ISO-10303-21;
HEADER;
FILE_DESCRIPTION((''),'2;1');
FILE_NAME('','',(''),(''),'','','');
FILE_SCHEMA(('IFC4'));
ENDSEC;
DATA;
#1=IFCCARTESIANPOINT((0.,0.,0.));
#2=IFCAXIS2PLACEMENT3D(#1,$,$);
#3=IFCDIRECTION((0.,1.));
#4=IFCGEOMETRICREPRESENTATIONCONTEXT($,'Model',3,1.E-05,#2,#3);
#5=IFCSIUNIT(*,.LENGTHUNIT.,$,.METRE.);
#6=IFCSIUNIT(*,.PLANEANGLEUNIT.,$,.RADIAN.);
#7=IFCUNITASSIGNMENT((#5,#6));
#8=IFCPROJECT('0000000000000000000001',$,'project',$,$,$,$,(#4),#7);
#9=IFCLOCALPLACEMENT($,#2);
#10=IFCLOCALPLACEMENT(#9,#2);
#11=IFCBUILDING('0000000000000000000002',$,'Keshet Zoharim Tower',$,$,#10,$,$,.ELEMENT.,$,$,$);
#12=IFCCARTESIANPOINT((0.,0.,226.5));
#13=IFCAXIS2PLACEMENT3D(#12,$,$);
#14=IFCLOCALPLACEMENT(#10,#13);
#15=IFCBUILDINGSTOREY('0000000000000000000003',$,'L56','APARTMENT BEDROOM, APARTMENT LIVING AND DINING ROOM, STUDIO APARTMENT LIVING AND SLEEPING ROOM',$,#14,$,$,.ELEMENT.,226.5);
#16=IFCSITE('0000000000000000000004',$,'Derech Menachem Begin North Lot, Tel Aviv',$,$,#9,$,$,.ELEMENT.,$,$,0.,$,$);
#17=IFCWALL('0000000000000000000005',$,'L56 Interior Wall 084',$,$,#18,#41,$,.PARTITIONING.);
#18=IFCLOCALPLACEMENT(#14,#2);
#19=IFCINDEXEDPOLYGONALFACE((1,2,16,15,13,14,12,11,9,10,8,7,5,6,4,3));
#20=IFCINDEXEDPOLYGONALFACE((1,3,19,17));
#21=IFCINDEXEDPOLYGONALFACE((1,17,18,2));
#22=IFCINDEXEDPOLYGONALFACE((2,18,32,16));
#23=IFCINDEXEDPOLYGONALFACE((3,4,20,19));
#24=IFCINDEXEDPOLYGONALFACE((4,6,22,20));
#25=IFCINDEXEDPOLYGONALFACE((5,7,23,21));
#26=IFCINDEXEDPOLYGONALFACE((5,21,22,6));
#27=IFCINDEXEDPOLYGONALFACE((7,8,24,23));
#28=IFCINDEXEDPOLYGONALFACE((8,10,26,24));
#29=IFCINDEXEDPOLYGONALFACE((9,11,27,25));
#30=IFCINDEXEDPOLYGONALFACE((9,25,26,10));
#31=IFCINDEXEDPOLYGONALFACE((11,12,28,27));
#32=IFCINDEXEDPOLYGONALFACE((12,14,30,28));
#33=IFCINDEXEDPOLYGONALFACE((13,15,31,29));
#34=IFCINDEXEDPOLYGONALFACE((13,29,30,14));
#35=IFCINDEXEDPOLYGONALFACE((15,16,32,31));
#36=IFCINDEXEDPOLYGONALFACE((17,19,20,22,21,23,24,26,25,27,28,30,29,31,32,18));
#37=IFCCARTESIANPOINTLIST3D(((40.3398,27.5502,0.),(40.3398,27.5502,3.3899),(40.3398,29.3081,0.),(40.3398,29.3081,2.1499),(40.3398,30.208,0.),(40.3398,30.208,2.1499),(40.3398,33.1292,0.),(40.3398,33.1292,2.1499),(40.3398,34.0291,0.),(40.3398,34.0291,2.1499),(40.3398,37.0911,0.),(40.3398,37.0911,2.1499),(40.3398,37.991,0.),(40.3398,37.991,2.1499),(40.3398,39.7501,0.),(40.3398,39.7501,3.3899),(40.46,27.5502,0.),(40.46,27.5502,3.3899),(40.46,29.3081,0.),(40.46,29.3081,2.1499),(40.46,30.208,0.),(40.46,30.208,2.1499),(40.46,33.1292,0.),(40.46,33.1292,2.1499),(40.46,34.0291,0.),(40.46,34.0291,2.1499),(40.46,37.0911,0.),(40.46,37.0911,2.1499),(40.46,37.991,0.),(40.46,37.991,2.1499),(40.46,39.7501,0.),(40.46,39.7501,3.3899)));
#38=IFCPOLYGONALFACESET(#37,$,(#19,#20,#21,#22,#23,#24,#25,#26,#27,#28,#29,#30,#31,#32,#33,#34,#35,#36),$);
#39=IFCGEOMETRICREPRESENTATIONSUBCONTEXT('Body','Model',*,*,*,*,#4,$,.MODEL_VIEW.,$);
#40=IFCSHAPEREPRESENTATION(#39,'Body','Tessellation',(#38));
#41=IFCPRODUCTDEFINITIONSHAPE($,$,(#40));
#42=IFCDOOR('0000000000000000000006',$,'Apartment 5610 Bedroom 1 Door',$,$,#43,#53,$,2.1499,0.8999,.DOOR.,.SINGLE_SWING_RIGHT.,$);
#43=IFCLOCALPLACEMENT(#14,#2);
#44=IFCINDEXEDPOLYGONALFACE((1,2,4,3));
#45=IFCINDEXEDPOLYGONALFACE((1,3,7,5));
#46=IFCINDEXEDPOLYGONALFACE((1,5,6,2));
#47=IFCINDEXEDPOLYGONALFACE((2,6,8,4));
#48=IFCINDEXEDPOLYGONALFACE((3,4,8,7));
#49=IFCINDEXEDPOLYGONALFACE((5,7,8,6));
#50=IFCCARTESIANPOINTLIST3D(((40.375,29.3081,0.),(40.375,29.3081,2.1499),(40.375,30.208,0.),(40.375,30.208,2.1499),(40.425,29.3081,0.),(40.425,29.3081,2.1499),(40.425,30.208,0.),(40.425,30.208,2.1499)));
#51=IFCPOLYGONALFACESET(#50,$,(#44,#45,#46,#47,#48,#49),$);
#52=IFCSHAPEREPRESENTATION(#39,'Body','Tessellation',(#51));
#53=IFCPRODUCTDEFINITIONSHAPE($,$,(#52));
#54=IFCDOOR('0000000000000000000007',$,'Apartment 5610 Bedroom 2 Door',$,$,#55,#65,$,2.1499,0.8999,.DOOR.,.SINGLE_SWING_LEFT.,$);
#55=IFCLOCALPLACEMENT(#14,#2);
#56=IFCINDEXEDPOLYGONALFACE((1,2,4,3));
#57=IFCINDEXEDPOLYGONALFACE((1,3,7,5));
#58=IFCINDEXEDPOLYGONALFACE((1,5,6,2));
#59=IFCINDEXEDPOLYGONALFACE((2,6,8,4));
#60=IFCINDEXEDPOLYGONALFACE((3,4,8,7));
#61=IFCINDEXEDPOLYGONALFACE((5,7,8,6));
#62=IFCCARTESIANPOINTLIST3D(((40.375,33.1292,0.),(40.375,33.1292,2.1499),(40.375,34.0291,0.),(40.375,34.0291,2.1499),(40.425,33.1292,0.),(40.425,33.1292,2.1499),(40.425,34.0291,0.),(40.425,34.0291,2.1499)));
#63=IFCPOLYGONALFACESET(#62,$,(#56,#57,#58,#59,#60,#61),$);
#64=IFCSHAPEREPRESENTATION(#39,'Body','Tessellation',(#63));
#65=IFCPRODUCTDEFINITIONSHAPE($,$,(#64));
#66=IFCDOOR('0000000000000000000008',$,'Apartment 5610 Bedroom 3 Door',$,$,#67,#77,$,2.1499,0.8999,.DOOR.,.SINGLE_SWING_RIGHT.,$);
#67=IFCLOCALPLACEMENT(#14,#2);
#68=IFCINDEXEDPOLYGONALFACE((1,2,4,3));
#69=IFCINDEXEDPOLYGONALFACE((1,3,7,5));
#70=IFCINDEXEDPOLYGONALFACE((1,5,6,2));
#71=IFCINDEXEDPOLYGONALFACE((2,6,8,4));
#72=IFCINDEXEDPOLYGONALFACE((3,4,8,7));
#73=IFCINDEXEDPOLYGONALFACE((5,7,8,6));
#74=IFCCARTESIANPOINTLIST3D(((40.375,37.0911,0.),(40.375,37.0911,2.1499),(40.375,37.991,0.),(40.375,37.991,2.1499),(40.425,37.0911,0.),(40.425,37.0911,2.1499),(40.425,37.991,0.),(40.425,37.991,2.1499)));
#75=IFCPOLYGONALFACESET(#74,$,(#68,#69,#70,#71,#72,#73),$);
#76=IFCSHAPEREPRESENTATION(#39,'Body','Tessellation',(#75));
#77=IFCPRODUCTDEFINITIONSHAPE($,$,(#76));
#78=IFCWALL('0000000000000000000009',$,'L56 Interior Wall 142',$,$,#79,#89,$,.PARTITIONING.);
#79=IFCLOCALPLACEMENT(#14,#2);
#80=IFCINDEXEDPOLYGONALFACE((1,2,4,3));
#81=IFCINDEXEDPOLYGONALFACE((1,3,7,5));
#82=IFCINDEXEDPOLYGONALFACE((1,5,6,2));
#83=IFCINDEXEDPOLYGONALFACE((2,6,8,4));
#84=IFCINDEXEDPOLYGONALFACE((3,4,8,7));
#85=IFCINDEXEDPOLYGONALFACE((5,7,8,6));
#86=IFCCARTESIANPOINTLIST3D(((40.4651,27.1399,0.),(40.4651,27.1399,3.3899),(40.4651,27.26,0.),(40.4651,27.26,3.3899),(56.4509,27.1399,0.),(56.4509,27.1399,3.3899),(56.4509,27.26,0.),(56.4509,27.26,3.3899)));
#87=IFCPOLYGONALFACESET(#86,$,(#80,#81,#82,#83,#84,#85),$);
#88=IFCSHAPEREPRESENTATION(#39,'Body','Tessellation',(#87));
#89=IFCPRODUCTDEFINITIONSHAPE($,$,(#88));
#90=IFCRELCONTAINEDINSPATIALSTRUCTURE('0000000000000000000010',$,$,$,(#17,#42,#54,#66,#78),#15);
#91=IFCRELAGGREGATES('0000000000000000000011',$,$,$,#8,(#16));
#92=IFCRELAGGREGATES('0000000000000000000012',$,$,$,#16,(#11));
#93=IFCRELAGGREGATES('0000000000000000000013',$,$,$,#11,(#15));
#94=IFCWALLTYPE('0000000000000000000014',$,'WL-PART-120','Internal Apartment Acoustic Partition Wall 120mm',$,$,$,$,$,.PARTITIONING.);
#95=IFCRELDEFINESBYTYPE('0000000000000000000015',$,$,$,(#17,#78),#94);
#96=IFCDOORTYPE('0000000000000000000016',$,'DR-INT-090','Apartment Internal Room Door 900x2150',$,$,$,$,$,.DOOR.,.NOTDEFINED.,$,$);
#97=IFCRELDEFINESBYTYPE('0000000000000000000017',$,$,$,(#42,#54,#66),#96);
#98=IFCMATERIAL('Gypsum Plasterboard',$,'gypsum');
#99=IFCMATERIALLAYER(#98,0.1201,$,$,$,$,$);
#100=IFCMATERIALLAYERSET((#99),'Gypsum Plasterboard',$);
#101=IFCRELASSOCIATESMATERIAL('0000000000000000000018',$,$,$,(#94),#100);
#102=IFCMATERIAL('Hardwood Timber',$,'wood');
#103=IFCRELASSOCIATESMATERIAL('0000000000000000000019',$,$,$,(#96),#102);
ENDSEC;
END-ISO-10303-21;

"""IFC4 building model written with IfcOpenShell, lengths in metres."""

from ifc_helpers import new_model, si_unit, direction, frame, frame_2d, origin, place, context, subcontext, project, spatial, rectangle, extrude, material, layer, layer_set, type_object, element, fill, save


model = new_model("IFC4")

# Units and contexts
model_context = context("Model", 3, precision=1e-05, world=origin(), true_north=direction((0.0, 1.0)))
body_context = subcontext(model_context, "Body", "Model", "MODEL_VIEW")
ifc_project = project(units=[si_unit("LENGTHUNIT", "METRE"), si_unit("PLANEANGLEUNIT", "RADIAN")], contexts=[model_context])

# Site, building, storey
site_placement = place(None, origin())
site = spatial("IfcSite", under=ifc_project, at=site_placement, Name="Derech Menachem Begin North Lot, Tel Aviv", CompositionType="ELEMENT", RefElevation=0.0)
building_placement = place(site_placement, origin())
building = spatial("IfcBuilding", under=site, at=building_placement, Name="Keshet Zoharim Tower", CompositionType="ELEMENT")
storey_placement = place(building_placement, frame((0.0, 0.0, 226.5)))
storey = spatial("IfcBuildingStorey", under=building, at=storey_placement, Name="L56", Description="APARTMENT BEDROOM, APARTMENT LIVING AND DINING ROOM, STUDIO APARTMENT LIVING AND SLEEPING ROOM", CompositionType="ELEMENT", Elevation=226.5)

# Shared definitions
ifc_material_1 = material(Name="Gypsum Plasterboard", Category="gypsum")
ifc_layer_1 = layer(ifc_material_1, 0.1201)
ifc_layer_set_1 = layer_set([ifc_layer_1], Name="Gypsum Plasterboard")
wall_type = type_object("IfcWallType", Name="WL-PART-120", Description="Internal Apartment Acoustic Partition Wall 120mm", PredefinedType="PARTITIONING", material=ifc_layer_set_1)

# Wall, openings, doors
wall_1_placement = place(storey_placement, frame((40.3999, 27.55, 0.0), z_axis=(0.0, 0.0, 1.0), x_axis=(0.0, 1.0, 0.0)))
wall_1 = element("IfcWall", 1, at=wall_1_placement, inside=storey, type_object=wall_type, Name="L56 Interior Wall 084", PredefinedType="PARTITIONING", context=body_context, shape_type="SweptSolid", body=[
    extrude(rectangle(XDim=12.2, YDim=0.1201, at=frame_2d((6.1001, 0.0))), origin(), (0.0, 0.0, 1.0), 3.3899),
])
opening_1_placement = place(wall_1_placement, frame((1.7581, 0.0, 0.0)))
opening_1 = element("IfcOpeningElement", 2, at=opening_1_placement, cuts=wall_1, PredefinedType="OPENING", context=body_context, shape_type="SweptSolid", body=[
    extrude(rectangle(XDim=0.8999, YDim=2.1499, at=frame_2d((0.45, 1.075))), frame((0.0, 0.0701, 0.0), z_axis=(0.0, -1.0, 0.0), x_axis=(1.0, 0.0, 0.0)), (0.0, 0.0, 1.0), 0.1401),
])
opening_2_placement = place(wall_1_placement, frame((5.5791, 0.0, 0.0)))
opening_2 = element("IfcOpeningElement", 3, at=opening_2_placement, cuts=wall_1, PredefinedType="OPENING", context=body_context, shape_type="SweptSolid", body=[
    extrude(rectangle(XDim=0.8999, YDim=2.1499, at=frame_2d((0.45, 1.075))), frame((0.0, 0.0701, 0.0), z_axis=(0.0, -1.0, 0.0), x_axis=(1.0, 0.0, 0.0)), (0.0, 0.0, 1.0), 0.1401),
])
opening_3_placement = place(wall_1_placement, frame((9.541, 0.0, 0.0)))
opening_3 = element("IfcOpeningElement", 4, at=opening_3_placement, cuts=wall_1, PredefinedType="OPENING", context=body_context, shape_type="SweptSolid", body=[
    extrude(rectangle(XDim=0.8999, YDim=2.1499, at=frame_2d((0.45, 1.075))), frame((0.0, 0.0701, 0.0), z_axis=(0.0, -1.0, 0.0), x_axis=(1.0, 0.0, 0.0)), (0.0, 0.0, 1.0), 0.1401),
])
ifc_material_2 = material(Name="Hardwood Timber", Category="wood")
door_type = type_object("IfcDoorType", Name="DR-INT-090", Description="Apartment Internal Room Door 900x2150", OperationType="NOTDEFINED", PredefinedType="DOOR", material=ifc_material_2)
door_1_placement = place(opening_1_placement, origin())
door_1 = element("IfcDoor", 5, at=door_1_placement, inside=storey, type_object=door_type, Name="Apartment 5610 Bedroom 1 Door", OperationType="SINGLE_SWING_RIGHT", OverallHeight=2.1499, OverallWidth=0.8999, PredefinedType="DOOR", context=body_context, shape_type="SweptSolid", body=[
    extrude(rectangle(XDim=0.8999, YDim=2.1499, at=frame_2d((0.45, 1.075))), frame((0.0, 0.0249, 0.0), z_axis=(0.0, -1.0, 0.0), x_axis=(1.0, 0.0, 0.0)), (0.0, 0.0, 1.0), 0.05),
])
fill(opening_1, door_1)
door_2_placement = place(opening_2_placement, origin())
door_2 = element("IfcDoor", 6, at=door_2_placement, inside=storey, type_object=door_type, Name="Apartment 5610 Bedroom 2 Door", OperationType="SINGLE_SWING_LEFT", OverallHeight=2.1499, OverallWidth=0.8999, PredefinedType="DOOR", context=body_context, shape_type="SweptSolid", body=[
    extrude(rectangle(XDim=0.8999, YDim=2.1499, at=frame_2d((0.45, 1.075))), frame((0.0, 0.0249, 0.0), z_axis=(0.0, -1.0, 0.0), x_axis=(1.0, 0.0, 0.0)), (0.0, 0.0, 1.0), 0.05),
])
fill(opening_2, door_2)
door_3_placement = place(opening_3_placement, origin())
door_3 = element("IfcDoor", 7, at=door_3_placement, inside=storey, type_object=door_type, Name="Apartment 5610 Bedroom 3 Door", OperationType="SINGLE_SWING_RIGHT", OverallHeight=2.1499, OverallWidth=0.8999, PredefinedType="DOOR", context=body_context, shape_type="SweptSolid", body=[
    extrude(rectangle(XDim=0.8999, YDim=2.1499, at=frame_2d((0.45, 1.075))), frame((0.0, 0.0249, 0.0), z_axis=(0.0, -1.0, 0.0), x_axis=(1.0, 0.0, 0.0)), (0.0, 0.0, 1.0), 0.05),
])
fill(opening_3, door_3)

# Wall
wall_2_placement = place(storey_placement, frame((40.4651, 27.2, 0.0), z_axis=(0.0, 0.0, 1.0), x_axis=(1.0, 0.0, 0.0)))
element("IfcWall", 8, at=wall_2_placement, inside=storey, type_object=wall_type, Name="L56 Interior Wall 142", PredefinedType="PARTITIONING", context=body_context, shape_type="SweptSolid", body=[
    extrude(rectangle(XDim=15.9858, YDim=0.1201, at=frame_2d((7.9929, 0.0))), origin(), (0.0, 0.0, 1.0), 3.3899),
])

save(model, "model.ifc")
